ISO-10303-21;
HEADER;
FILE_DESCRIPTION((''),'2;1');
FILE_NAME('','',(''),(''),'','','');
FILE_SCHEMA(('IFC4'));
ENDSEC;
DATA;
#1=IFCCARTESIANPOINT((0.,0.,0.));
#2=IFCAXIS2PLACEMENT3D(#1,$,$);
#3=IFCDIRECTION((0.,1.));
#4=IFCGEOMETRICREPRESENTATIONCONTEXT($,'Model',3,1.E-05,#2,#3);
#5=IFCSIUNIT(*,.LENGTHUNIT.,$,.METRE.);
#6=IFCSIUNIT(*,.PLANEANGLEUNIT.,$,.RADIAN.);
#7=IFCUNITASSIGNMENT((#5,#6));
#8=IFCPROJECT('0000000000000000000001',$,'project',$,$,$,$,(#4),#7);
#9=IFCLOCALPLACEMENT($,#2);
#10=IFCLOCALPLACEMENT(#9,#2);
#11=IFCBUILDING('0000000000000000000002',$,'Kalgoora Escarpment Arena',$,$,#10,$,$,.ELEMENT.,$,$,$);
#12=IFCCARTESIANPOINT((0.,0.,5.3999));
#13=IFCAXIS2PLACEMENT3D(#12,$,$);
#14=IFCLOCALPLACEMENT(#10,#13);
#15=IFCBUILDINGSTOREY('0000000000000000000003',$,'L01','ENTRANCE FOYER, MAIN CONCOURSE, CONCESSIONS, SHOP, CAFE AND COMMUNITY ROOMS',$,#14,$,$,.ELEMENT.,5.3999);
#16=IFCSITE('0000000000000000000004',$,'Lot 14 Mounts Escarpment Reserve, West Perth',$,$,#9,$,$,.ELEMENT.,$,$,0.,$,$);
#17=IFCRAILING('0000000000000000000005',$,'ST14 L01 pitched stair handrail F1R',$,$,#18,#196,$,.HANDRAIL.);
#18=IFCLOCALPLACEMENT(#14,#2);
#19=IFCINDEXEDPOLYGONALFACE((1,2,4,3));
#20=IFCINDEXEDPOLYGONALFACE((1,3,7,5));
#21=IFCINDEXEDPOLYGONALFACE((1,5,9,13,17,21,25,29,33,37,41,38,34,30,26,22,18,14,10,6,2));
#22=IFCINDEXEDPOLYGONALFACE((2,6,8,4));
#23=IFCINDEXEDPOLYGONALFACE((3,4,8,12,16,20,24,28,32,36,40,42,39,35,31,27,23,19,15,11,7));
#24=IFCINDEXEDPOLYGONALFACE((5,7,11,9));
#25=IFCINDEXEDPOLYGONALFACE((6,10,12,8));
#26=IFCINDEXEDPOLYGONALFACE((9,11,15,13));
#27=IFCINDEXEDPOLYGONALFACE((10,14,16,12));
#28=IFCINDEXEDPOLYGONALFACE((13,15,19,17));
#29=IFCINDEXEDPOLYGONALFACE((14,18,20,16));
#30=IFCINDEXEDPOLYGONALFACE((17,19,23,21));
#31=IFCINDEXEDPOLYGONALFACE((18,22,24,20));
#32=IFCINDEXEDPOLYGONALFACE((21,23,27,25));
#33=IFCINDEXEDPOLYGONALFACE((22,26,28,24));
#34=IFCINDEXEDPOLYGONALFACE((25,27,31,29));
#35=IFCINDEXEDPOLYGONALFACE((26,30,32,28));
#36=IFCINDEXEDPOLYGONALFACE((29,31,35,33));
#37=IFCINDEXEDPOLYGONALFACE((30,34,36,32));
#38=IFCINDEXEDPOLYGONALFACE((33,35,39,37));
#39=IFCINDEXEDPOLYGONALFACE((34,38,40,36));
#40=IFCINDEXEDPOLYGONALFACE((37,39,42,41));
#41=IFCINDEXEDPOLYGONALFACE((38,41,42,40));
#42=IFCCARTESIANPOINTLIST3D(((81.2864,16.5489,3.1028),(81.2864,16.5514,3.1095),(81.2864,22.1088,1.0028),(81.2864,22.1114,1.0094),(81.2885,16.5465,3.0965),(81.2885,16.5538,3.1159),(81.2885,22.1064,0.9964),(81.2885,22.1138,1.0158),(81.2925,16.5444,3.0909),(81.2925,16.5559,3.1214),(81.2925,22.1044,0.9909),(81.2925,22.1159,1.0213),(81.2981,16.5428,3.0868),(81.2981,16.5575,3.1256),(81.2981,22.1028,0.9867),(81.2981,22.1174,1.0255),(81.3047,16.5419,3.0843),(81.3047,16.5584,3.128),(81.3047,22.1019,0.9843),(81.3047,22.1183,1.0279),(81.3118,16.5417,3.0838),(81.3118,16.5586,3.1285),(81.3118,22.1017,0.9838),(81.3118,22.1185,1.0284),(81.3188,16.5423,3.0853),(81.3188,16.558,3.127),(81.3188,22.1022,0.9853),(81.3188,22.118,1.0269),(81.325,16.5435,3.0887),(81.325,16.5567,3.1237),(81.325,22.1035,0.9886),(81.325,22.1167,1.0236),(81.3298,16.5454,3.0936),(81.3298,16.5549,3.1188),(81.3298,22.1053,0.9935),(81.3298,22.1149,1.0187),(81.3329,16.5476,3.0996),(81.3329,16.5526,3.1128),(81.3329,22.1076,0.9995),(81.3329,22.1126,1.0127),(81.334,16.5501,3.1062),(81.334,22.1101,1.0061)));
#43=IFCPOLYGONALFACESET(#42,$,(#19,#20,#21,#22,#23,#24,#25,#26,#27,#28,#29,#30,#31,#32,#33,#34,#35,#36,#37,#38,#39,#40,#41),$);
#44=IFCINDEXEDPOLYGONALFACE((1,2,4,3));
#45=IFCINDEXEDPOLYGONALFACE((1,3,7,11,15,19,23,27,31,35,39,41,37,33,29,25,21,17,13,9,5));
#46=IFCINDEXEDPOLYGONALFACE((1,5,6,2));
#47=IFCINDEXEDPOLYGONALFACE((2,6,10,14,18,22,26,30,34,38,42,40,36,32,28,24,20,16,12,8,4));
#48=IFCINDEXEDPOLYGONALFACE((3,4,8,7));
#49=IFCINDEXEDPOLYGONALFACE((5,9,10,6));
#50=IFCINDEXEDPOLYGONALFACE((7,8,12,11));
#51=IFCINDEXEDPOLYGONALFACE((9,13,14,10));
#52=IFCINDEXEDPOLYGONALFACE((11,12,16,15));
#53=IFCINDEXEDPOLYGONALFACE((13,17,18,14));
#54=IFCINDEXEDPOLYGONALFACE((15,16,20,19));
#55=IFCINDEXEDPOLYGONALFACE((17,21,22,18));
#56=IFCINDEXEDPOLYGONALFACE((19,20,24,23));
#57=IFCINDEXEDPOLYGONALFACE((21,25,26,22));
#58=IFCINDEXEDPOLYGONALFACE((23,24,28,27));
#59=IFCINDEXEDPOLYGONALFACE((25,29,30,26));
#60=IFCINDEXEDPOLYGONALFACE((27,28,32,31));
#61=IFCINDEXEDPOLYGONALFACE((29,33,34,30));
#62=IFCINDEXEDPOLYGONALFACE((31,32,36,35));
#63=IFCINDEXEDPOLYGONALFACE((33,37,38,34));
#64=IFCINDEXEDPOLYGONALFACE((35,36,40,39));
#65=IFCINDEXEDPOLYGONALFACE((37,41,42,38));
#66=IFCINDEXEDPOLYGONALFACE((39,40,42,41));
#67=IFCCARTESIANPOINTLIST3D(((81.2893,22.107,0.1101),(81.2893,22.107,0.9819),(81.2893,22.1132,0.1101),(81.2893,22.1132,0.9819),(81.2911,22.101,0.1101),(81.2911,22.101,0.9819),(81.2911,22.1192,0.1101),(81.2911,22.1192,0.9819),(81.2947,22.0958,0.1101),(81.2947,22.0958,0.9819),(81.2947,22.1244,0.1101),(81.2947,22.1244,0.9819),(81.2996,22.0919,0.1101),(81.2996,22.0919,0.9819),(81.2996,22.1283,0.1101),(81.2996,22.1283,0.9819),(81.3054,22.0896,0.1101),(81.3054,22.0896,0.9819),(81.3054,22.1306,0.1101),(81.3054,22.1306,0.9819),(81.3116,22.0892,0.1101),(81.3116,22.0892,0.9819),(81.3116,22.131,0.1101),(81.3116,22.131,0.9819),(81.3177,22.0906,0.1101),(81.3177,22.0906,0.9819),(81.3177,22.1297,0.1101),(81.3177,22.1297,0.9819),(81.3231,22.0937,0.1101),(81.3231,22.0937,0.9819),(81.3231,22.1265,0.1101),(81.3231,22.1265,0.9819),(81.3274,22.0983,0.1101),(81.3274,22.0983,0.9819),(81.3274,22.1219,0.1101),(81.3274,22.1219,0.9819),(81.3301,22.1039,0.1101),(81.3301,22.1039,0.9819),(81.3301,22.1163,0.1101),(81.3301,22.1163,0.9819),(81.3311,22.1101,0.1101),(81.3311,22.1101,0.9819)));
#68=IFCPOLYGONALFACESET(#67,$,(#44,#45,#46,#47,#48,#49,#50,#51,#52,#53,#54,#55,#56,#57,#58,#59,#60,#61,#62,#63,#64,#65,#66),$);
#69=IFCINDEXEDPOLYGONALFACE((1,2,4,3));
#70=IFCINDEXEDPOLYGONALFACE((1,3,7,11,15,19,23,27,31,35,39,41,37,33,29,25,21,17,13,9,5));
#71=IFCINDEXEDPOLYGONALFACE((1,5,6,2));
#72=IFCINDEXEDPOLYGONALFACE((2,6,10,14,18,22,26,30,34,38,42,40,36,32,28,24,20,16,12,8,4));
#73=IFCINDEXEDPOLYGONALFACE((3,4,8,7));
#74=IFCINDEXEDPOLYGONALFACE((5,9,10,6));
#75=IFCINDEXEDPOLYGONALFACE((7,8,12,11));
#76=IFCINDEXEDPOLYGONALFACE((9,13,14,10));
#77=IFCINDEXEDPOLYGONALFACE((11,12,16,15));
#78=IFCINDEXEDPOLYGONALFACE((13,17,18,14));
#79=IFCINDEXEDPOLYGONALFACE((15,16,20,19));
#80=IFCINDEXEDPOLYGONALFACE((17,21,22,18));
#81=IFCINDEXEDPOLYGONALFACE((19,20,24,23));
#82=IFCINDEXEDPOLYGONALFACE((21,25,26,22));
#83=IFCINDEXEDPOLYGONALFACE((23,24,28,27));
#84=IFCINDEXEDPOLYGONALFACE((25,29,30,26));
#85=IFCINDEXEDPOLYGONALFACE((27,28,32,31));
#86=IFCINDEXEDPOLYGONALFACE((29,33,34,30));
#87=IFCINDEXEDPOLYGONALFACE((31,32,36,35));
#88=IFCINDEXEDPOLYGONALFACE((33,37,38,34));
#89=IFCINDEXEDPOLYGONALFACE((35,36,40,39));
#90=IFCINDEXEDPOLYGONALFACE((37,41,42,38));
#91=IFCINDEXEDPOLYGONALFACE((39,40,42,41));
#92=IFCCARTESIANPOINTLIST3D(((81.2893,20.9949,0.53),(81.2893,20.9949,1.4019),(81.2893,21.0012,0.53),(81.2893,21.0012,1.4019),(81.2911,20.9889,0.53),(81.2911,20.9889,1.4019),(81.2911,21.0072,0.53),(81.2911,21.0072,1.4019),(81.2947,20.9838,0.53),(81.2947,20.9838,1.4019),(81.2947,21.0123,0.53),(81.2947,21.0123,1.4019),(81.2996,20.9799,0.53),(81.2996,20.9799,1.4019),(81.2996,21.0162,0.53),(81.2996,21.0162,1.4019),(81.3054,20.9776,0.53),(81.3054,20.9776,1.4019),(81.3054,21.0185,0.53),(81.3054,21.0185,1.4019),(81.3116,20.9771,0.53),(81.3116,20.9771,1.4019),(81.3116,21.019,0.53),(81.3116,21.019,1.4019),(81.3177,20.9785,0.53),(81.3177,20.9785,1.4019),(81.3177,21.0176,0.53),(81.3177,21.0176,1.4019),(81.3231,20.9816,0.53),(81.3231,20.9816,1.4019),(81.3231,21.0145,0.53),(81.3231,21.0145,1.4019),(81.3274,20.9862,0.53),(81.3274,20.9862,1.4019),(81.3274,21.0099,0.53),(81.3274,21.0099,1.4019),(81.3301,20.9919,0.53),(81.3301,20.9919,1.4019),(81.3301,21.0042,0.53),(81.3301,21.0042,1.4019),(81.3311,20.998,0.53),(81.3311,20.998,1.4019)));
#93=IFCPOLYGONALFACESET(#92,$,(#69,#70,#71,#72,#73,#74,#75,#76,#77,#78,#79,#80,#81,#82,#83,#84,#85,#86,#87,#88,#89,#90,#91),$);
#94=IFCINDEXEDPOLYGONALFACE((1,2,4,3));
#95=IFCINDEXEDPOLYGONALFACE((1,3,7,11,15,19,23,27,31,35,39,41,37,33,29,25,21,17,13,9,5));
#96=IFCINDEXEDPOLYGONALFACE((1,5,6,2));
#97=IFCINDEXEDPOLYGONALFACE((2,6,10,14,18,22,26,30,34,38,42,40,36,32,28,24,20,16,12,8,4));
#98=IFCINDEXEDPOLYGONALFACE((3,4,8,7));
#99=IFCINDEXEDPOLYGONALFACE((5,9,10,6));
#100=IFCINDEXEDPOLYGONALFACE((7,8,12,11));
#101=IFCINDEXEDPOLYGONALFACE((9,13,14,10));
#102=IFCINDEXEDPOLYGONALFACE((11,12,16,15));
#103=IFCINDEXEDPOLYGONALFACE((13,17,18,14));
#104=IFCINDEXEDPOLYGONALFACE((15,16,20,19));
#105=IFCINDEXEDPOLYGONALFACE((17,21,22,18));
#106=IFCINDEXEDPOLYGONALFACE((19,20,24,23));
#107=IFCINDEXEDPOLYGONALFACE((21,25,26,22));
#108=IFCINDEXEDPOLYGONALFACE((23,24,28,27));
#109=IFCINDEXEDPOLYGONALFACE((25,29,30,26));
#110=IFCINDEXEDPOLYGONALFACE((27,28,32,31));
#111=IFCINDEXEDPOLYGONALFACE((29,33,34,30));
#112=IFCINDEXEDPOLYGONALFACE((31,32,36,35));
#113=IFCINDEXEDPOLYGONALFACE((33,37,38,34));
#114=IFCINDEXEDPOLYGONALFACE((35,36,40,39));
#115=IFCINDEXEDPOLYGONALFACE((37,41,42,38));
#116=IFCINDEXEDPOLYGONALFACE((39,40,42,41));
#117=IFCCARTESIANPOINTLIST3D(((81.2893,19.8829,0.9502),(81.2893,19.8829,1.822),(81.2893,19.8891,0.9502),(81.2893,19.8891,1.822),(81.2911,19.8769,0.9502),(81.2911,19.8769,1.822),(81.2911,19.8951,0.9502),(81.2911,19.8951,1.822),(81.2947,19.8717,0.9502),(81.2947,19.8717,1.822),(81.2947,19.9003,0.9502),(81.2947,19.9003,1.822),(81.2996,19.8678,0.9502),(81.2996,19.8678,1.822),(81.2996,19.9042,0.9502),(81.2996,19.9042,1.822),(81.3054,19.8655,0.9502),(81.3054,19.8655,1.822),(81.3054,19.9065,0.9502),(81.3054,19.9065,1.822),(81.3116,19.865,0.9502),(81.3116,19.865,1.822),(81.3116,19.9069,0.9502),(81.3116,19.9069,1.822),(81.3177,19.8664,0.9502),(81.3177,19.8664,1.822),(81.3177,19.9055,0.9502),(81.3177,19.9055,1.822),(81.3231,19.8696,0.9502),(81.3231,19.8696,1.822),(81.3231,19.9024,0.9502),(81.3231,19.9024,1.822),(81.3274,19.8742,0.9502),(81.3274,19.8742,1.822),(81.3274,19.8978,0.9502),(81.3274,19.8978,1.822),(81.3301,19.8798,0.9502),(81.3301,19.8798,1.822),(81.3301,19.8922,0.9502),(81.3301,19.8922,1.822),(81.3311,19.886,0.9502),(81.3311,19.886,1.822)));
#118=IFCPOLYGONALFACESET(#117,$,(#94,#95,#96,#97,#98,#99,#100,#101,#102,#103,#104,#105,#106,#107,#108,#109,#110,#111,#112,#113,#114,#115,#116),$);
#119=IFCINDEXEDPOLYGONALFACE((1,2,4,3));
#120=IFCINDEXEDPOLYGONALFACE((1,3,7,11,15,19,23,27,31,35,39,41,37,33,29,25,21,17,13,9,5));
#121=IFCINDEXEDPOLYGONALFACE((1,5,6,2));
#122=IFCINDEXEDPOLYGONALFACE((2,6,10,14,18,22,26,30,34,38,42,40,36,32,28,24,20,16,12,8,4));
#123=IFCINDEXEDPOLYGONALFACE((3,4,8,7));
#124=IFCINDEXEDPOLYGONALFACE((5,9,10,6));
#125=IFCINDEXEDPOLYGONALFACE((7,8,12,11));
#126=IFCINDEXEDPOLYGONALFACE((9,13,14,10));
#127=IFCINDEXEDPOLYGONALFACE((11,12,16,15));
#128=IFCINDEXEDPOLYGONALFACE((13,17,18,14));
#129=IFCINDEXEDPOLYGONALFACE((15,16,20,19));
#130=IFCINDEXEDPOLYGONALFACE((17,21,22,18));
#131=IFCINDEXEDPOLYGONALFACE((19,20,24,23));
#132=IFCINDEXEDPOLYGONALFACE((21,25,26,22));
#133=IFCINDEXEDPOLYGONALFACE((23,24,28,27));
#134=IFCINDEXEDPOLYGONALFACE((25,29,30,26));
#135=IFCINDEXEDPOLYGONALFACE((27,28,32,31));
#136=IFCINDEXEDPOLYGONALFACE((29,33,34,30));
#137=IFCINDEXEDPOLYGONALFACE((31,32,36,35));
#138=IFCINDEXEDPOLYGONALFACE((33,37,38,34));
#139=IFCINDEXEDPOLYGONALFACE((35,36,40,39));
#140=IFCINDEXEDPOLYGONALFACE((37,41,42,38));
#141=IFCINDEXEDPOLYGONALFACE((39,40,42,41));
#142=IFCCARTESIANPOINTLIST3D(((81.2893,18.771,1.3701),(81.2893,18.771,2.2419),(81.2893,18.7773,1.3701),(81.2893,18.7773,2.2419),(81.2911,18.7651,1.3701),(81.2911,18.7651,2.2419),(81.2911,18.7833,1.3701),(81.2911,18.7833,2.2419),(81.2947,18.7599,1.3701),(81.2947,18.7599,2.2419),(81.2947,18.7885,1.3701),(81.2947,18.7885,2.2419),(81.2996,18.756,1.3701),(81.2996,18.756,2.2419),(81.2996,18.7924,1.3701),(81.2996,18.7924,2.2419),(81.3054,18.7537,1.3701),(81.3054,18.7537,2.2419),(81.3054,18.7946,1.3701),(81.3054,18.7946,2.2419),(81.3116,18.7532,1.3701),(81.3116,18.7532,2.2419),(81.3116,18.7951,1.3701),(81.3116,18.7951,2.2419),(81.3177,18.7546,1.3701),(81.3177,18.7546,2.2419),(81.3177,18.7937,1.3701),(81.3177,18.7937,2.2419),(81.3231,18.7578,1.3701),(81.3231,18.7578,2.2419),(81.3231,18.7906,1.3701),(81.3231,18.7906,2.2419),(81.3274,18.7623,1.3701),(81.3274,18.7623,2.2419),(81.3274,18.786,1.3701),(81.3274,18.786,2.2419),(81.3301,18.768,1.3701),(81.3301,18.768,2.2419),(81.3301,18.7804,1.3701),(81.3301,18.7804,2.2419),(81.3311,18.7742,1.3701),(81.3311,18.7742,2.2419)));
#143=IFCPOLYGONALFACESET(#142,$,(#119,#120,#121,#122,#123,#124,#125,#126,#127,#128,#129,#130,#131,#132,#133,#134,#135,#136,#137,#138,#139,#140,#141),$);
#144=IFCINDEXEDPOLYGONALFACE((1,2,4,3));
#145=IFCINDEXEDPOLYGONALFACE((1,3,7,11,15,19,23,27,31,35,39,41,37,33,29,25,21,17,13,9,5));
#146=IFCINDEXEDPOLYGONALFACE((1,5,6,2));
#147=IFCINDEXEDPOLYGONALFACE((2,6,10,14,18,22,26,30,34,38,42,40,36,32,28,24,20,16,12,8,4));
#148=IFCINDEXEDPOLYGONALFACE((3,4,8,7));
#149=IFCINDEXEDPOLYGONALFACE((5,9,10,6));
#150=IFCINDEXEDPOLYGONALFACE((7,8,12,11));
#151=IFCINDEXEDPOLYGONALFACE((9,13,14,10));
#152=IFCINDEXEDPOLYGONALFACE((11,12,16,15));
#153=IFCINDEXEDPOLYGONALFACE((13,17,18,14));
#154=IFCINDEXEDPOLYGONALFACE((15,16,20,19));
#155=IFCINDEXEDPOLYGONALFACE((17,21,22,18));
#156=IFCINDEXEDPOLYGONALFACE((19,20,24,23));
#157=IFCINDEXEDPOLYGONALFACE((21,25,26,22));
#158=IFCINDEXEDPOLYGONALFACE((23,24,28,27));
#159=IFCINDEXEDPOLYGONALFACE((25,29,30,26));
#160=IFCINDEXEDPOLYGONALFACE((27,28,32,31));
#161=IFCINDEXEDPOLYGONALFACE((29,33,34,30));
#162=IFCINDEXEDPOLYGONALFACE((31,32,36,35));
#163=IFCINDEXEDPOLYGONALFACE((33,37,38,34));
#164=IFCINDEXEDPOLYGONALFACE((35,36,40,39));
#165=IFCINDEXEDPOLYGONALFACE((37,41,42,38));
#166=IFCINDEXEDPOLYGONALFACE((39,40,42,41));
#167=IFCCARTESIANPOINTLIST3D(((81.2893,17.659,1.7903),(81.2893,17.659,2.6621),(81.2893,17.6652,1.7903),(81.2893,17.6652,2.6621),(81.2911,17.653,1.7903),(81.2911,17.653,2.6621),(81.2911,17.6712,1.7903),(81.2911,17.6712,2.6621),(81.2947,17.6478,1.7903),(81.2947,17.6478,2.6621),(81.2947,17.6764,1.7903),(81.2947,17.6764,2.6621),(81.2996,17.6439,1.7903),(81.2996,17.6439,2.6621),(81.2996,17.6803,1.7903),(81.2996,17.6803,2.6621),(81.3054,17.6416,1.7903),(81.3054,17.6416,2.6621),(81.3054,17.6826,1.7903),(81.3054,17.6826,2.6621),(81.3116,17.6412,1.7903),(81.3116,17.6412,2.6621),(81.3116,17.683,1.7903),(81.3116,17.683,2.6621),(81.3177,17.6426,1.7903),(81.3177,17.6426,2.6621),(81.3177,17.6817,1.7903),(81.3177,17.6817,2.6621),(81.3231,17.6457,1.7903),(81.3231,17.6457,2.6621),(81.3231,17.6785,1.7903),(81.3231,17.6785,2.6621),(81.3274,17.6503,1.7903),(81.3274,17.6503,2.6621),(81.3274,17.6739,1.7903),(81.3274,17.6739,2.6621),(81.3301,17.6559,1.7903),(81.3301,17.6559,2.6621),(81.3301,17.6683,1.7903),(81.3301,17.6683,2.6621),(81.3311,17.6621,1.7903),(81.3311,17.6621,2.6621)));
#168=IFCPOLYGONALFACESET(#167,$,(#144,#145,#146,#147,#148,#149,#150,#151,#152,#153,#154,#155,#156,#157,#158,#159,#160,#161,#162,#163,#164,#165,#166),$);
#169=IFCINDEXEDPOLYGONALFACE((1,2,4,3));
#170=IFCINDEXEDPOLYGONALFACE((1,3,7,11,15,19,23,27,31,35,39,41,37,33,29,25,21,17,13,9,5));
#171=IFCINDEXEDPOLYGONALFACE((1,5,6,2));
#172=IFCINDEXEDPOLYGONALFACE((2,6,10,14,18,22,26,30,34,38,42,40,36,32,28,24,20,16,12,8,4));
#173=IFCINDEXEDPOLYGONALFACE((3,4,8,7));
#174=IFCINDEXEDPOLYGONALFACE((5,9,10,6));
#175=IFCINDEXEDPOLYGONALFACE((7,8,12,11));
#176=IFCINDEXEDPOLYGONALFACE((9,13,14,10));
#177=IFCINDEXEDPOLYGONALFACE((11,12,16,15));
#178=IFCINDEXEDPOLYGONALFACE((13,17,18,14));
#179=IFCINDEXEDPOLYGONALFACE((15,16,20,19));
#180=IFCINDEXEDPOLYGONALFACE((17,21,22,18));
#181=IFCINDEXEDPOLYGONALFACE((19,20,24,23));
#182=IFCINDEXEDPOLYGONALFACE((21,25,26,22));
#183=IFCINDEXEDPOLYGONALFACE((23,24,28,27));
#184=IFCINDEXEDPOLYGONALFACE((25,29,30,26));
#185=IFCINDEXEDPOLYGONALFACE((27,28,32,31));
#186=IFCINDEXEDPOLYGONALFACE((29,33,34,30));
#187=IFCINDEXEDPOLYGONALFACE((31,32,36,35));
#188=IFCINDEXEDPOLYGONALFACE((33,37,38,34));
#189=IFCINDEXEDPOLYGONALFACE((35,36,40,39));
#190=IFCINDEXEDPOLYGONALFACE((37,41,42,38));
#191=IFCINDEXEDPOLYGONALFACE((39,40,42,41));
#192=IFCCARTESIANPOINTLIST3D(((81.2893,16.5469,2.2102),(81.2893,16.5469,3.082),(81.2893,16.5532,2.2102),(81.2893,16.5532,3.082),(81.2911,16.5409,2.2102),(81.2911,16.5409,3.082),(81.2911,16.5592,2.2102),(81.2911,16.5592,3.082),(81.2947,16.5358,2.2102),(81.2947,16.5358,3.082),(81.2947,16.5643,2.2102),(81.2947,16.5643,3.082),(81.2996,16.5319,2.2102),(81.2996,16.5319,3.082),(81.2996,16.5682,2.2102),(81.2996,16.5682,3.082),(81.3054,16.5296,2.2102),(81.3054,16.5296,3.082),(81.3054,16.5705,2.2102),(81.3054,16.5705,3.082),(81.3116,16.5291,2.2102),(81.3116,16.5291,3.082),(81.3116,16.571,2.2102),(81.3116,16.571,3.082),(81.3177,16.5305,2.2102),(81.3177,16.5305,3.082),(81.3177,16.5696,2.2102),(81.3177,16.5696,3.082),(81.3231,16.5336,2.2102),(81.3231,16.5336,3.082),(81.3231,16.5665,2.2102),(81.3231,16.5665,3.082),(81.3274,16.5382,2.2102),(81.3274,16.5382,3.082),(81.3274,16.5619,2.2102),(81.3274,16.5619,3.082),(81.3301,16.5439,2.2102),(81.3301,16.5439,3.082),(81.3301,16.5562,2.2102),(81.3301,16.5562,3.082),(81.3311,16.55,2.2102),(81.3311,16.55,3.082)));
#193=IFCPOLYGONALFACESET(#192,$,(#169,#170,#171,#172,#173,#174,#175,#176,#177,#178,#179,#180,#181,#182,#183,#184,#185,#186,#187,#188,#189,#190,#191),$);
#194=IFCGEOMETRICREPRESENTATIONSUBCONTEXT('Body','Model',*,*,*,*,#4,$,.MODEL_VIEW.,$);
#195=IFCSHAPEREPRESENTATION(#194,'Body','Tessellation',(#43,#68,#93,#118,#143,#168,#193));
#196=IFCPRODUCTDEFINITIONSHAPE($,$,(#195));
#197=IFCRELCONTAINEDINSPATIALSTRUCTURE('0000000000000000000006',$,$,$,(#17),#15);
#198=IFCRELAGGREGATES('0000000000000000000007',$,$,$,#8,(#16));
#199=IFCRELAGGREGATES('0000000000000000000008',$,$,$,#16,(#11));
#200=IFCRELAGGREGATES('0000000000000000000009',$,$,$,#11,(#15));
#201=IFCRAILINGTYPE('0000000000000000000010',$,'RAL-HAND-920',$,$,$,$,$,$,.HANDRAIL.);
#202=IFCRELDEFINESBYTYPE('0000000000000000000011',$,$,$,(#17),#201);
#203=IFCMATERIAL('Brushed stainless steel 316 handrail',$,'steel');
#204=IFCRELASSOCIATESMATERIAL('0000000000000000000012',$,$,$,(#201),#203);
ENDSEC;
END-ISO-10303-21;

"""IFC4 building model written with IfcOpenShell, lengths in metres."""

from ifc_helpers import new_model, si_unit, direction, frame, origin, origin_2d, place, context, subcontext, project, spatial, circle, extrude, material, type_object, element, save


model = new_model("IFC4")

# Units and contexts
model_context = context("Model", 3, precision=1e-05, world=origin(), true_north=direction((0.0, 1.0)))
body_context = subcontext(model_context, "Body", "Model", "MODEL_VIEW")
ifc_project = project(units=[si_unit("LENGTHUNIT", "METRE"), si_unit("PLANEANGLEUNIT", "RADIAN")], contexts=[model_context])

# Site, building, storey
site_placement = place(None, origin())
site = spatial("IfcSite", under=ifc_project, at=site_placement, Name="Lot 14 Mounts Escarpment Reserve, West Perth", CompositionType="ELEMENT", RefElevation=0.0)
building_placement = place(site_placement, origin())
building = spatial("IfcBuilding", under=site, at=building_placement, Name="Kalgoora Escarpment Arena", CompositionType="ELEMENT")
storey_placement = place(building_placement, frame((0.0, 0.0, 5.3999)))
storey = spatial("IfcBuildingStorey", under=building, at=storey_placement, Name="L01", Description="ENTRANCE FOYER, MAIN CONCOURSE, CONCESSIONS, SHOP, CAFE AND COMMUNITY ROOMS", CompositionType="ELEMENT", Elevation=5.3999)

# Railing
ifc_material_1 = material(Name="Brushed stainless steel 316 handrail", Category="steel")
railing_type_1 = type_object("IfcRailingType", Name="RAL-HAND-920", PredefinedType="HANDRAIL", material=ifc_material_1)
for number, where, name in (
    (1, (81.3101, 22.1101, 0.1101), "ST14 L01 pitched stair handrail F1R"),
):
    element("IfcRailing", number, at=place(storey_placement, frame(where)), inside=storey, type_object=railing_type_1, Name=name, PredefinedType="HANDRAIL", context=body_context, shape_type="SweptSolid", body=[
        extrude(circle(Radius=0.0239, at=origin_2d()), frame((0.0, 0.0, 0.896), z_axis=(0.0, -0.935493, 0.353346), x_axis=(1.0, 0.0, 0.0)), (0.0, 0.0, 1.0), 5.9434),
        extrude(circle(Radius=0.021, at=origin_2d()), origin(), (0.0, 0.0, 1.0), 0.8718),
        extrude(circle(Radius=0.021, at=origin_2d()), frame((0.0, -1.1121, 0.4199)), (0.0, 0.0, 1.0), 0.8718),
        extrude(circle(Radius=0.021, at=origin_2d()), frame((0.0, -2.2241, 0.8401)), (0.0, 0.0, 1.0), 0.8718),
        extrude(circle(Radius=0.021, at=origin_2d()), frame((0.0, -3.3359, 1.26)), (0.0, 0.0, 1.0), 0.8718),
        extrude(circle(Radius=0.021, at=origin_2d()), frame((0.0, -4.448, 1.6802)), (0.0, 0.0, 1.0), 0.8718),
        extrude(circle(Radius=0.021, at=origin_2d()), frame((0.0, -5.5601, 2.1001)), (0.0, 0.0, 1.0), 0.8718),
    ])

save(model, "model.ifc")
